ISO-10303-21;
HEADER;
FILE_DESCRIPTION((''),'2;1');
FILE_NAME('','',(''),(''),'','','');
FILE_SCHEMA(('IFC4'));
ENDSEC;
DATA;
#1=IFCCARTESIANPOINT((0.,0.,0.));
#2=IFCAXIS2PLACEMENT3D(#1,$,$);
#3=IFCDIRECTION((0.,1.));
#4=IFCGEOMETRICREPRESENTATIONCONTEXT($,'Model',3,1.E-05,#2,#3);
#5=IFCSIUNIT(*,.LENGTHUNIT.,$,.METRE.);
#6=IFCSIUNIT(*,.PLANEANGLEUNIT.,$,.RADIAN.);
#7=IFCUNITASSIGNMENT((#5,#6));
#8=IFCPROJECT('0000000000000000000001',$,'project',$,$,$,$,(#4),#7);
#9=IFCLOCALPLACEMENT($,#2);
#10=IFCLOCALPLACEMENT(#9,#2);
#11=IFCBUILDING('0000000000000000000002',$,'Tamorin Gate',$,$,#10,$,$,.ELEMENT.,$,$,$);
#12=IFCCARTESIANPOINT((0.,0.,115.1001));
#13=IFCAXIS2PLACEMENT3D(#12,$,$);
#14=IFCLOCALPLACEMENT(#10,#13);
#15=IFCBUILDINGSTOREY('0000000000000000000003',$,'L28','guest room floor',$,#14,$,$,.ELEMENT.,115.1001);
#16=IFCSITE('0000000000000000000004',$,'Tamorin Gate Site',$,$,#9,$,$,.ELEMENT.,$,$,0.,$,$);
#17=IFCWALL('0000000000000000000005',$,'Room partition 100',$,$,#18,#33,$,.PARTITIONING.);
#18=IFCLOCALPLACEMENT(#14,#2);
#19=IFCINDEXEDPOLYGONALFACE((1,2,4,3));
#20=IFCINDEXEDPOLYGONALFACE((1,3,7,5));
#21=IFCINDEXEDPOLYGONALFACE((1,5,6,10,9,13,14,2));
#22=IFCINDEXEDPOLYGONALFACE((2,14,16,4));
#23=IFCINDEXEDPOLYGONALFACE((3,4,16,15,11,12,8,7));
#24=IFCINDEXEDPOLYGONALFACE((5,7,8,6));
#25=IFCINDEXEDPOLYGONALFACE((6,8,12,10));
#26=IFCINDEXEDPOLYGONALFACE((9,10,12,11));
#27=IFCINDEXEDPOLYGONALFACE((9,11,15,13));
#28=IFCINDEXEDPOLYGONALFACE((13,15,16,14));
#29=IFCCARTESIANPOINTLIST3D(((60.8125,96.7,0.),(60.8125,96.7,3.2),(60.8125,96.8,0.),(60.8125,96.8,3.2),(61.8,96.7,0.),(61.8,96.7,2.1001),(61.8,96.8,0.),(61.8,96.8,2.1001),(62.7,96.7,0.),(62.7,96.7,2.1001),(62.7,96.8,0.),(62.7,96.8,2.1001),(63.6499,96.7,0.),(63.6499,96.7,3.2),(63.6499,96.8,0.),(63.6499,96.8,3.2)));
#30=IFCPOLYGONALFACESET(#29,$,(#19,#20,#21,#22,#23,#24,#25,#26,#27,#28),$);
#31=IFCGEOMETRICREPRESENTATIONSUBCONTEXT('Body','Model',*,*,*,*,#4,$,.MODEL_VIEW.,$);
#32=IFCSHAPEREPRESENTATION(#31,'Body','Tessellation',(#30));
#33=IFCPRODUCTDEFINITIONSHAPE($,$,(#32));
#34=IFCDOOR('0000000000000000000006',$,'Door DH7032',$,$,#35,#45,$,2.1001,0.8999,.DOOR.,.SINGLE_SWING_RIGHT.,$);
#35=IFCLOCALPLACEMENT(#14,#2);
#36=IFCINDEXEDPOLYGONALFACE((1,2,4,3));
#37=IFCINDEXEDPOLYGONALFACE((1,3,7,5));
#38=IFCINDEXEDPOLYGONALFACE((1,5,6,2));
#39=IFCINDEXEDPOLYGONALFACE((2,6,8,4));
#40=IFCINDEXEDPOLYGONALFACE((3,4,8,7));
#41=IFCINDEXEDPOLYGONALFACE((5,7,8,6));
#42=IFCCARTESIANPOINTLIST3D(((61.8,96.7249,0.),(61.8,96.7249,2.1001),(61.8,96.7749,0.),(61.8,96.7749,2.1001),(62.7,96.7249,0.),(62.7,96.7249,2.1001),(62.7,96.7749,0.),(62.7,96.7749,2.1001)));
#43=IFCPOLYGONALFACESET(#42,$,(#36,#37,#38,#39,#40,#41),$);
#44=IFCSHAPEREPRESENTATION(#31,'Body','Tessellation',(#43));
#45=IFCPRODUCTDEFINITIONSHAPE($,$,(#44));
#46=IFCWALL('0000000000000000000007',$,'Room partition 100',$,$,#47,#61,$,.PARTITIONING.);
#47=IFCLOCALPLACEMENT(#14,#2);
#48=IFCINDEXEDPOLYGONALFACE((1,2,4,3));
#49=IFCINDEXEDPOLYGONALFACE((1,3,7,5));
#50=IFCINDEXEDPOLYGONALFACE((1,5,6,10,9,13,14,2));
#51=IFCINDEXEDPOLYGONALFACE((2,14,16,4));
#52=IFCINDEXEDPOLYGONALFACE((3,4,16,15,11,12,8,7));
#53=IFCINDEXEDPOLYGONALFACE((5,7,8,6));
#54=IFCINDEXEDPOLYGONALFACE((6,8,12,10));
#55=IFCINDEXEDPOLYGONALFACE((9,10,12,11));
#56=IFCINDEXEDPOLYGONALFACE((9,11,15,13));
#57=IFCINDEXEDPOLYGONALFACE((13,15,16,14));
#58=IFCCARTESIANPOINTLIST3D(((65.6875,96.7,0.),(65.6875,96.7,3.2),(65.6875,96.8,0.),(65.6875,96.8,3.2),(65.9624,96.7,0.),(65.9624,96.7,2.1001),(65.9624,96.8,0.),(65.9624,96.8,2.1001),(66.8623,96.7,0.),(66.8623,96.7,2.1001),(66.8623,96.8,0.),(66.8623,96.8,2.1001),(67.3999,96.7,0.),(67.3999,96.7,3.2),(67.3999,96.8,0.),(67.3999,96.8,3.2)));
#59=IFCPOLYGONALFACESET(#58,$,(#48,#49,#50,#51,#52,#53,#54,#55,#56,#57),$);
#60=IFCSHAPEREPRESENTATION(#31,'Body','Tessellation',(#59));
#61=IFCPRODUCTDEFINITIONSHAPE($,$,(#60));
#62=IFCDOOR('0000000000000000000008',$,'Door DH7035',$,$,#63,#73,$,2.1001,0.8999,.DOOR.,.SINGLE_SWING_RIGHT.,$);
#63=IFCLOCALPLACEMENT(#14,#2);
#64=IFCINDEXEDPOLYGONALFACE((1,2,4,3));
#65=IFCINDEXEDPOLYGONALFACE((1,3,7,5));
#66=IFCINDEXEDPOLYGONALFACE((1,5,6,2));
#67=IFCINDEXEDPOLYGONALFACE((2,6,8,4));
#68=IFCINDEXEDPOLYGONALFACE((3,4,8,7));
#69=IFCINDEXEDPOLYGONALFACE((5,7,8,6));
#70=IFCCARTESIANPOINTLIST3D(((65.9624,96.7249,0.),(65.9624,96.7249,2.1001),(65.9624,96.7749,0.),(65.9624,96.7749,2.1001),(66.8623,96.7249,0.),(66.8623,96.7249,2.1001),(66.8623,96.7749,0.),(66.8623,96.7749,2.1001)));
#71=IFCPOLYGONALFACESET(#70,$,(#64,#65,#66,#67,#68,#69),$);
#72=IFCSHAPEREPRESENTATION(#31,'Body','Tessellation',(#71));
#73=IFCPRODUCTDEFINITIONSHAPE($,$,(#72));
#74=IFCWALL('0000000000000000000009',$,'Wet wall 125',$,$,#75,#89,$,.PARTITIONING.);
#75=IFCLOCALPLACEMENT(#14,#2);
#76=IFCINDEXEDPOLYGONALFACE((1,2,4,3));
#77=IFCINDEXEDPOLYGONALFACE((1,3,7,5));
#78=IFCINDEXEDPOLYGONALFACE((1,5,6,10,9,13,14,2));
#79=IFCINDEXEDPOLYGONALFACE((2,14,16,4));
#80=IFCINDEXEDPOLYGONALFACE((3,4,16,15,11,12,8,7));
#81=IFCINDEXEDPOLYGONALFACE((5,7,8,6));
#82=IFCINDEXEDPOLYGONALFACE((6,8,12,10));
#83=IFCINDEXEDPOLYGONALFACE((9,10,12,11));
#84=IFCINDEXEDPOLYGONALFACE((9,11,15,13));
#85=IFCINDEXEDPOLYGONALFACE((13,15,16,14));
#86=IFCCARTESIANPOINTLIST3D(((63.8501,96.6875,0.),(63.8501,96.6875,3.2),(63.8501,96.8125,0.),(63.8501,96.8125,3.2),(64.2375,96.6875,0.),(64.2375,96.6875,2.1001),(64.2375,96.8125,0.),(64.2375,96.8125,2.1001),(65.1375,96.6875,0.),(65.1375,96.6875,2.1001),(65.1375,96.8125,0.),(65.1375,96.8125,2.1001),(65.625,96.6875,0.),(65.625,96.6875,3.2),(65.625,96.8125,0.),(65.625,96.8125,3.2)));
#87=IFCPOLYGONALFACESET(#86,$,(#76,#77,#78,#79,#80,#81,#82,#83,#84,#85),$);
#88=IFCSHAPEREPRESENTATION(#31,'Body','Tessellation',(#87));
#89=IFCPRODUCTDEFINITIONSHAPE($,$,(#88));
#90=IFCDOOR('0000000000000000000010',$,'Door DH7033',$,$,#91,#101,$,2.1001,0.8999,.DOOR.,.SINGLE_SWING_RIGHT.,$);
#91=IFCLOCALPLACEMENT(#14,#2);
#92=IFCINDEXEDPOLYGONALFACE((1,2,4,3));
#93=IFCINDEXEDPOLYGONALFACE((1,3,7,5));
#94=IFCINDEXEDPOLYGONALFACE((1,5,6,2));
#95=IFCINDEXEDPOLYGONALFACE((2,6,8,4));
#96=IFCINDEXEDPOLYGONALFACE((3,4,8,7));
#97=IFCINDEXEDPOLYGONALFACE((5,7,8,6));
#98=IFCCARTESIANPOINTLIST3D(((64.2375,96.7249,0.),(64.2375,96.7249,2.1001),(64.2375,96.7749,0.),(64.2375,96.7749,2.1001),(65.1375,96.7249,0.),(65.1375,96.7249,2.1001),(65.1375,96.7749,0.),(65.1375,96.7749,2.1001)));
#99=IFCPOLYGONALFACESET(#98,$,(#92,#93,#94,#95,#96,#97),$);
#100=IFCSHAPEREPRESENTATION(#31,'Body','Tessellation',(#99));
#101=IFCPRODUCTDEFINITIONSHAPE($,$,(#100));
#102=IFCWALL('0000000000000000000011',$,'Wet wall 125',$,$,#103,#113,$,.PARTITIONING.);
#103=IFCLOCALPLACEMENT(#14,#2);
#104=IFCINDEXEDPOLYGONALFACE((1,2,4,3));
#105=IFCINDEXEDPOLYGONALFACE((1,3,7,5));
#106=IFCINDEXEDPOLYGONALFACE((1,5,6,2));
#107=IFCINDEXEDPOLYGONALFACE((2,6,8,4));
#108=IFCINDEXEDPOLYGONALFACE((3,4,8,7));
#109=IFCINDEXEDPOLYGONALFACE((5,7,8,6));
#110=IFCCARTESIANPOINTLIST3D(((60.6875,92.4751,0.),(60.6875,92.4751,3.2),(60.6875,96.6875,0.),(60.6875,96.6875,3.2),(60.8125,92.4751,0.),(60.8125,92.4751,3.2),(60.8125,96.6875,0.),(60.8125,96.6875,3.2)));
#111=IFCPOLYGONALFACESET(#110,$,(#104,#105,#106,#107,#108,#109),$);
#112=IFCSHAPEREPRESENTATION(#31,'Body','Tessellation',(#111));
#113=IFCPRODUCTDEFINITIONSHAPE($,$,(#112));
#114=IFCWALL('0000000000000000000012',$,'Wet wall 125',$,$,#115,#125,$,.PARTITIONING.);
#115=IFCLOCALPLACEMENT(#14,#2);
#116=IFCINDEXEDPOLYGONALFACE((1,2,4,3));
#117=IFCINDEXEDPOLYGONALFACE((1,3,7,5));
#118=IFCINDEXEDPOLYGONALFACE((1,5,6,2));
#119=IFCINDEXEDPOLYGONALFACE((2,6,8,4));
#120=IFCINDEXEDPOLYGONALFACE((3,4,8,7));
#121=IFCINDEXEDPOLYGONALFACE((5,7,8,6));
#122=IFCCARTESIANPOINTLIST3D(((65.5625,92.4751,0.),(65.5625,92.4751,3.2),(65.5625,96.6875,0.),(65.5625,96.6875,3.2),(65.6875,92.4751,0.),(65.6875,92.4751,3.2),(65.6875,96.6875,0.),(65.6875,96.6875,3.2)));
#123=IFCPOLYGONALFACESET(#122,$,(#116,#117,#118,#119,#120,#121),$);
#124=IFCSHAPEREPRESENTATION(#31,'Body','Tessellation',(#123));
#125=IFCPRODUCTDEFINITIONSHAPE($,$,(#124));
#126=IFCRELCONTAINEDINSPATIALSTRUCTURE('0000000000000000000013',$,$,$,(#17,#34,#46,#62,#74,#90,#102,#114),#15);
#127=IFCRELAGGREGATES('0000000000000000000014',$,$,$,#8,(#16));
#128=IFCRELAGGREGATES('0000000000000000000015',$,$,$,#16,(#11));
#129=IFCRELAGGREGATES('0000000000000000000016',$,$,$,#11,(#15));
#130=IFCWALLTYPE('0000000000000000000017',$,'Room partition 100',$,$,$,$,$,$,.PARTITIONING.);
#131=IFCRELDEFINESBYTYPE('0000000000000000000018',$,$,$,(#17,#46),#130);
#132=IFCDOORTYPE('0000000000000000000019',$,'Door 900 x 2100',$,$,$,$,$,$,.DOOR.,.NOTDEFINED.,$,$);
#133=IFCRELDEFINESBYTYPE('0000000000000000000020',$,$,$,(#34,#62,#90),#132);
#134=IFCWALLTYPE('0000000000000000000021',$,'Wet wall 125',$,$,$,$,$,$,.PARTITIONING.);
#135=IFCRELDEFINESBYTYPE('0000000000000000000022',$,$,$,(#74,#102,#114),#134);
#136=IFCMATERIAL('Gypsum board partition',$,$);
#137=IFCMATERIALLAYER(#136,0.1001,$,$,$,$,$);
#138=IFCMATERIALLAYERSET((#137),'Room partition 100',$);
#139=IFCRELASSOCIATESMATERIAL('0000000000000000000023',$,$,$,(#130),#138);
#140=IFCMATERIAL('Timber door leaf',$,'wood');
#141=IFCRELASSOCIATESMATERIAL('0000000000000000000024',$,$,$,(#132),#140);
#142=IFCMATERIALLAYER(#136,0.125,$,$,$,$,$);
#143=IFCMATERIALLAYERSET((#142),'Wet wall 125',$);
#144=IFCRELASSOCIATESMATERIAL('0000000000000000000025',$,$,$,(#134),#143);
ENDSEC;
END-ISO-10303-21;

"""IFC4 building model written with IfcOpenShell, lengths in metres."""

from ifc_helpers import new_model, si_unit, direction, frame, frame_2d, origin, place, context, subcontext, project, spatial, rectangle, extrude, material, layer, layer_set, type_object, element, fill, save


model = new_model("IFC4")

# Units and contexts
model_context = context("Model", 3, precision=1e-05, world=origin(), true_north=direction((0.0, 1.0)))
body_context = subcontext(model_context, "Body", "Model", "MODEL_VIEW")
ifc_project = project(units=[si_unit("LENGTHUNIT", "METRE"), si_unit("PLANEANGLEUNIT", "RADIAN")], contexts=[model_context])

# Site, building, storey
site_placement = place(None, origin())
site = spatial("IfcSite", under=ifc_project, at=site_placement, Name="Tamorin Gate Site", CompositionType="ELEMENT", RefElevation=0.0)
building_placement = place(site_placement, origin())
building = spatial("IfcBuilding", under=site, at=building_placement, Name="Tamorin Gate", CompositionType="ELEMENT")
storey_placement = place(building_placement, frame((0.0, 0.0, 115.1001)))
storey = spatial("IfcBuildingStorey", under=building, at=storey_placement, Name="L28", Description="guest room floor", CompositionType="ELEMENT", Elevation=115.1001)

# Shared definitions
ifc_material_1 = material(Name="Gypsum board partition")

# Walls, openings, doors
ifc_layer_1 = layer(ifc_material_1, 0.1001)
ifc_layer_set_1 = layer_set([ifc_layer_1], Name="Room partition 100")
wall_type_1 = type_object("IfcWallType", Name="Room partition 100", PredefinedType="PARTITIONING", material=ifc_layer_set_1)
wall_1_placement = place(storey_placement, frame((60.8125, 96.75, 0.0), z_axis=(0.0, 0.0, 1.0), x_axis=(1.0, 0.0, 0.0)))
wall_1 = element("IfcWall", 1, at=wall_1_placement, inside=storey, type_object=wall_type_1, Name="Room partition 100", PredefinedType="PARTITIONING", context=body_context, shape_type="SweptSolid", body=[
    extrude(rectangle(XDim=2.8374, YDim=0.1001, at=frame_2d((1.4187, 0.0))), origin(), (0.0, 0.0, 1.0), 3.2),
])
opening_1_placement = place(wall_1_placement, frame((0.9875, 0.0, 0.0)))
opening_1 = element("IfcOpeningElement", 2, at=opening_1_placement, cuts=wall_1, PredefinedType="OPENING", context=body_context, shape_type="SweptSolid", body=[
    extrude(rectangle(XDim=0.8999, YDim=2.1001, at=frame_2d((0.45, 1.05))), frame((0.0, 0.0601, 0.0), z_axis=(0.0, -1.0, 0.0), x_axis=(1.0, 0.0, 0.0)), (0.0, 0.0, 1.0), 0.1201),
])
ifc_material_2 = material(Name="Timber door leaf", Category="wood")
door_type = type_object("IfcDoorType", Name="Door 900 x 2100", OperationType="NOTDEFINED", PredefinedType="DOOR", material=ifc_material_2)
door_1_placement = place(opening_1_placement, origin())
door_1 = element("IfcDoor", 3, at=door_1_placement, inside=storey, type_object=door_type, Name="Door DH7032", OperationType="SINGLE_SWING_RIGHT", OverallHeight=2.1001, OverallWidth=0.8999, PredefinedType="DOOR", context=body_context, shape_type="SweptSolid", body=[
    extrude(rectangle(XDim=0.8999, YDim=2.1001, at=frame_2d((0.45, 1.05))), frame((0.0, 0.0249, 0.0), z_axis=(0.0, -1.0, 0.0), x_axis=(1.0, 0.0, 0.0)), (0.0, 0.0, 1.0), 0.05),
])
fill(opening_1, door_1)
wall_2_placement = place(storey_placement, frame((65.6875, 96.75, 0.0), z_axis=(0.0, 0.0, 1.0), x_axis=(1.0, 0.0, 0.0)))
wall_2 = element("IfcWall", 4, at=wall_2_placement, inside=storey, type_object=wall_type_1, Name="Room partition 100", PredefinedType="PARTITIONING", context=body_context, shape_type="SweptSolid", body=[
    extrude(rectangle(XDim=1.7124, YDim=0.1001, at=frame_2d((0.8562, 0.0))), origin(), (0.0, 0.0, 1.0), 3.2),
])
opening_2_placement = place(wall_2_placement, frame((0.2749, 0.0, 0.0)))
opening_2 = element("IfcOpeningElement", 5, at=opening_2_placement, cuts=wall_2, PredefinedType="OPENING", context=body_context, shape_type="SweptSolid", body=[
    extrude(rectangle(XDim=0.8999, YDim=2.1001, at=frame_2d((0.45, 1.05))), frame((0.0, 0.0601, 0.0), z_axis=(0.0, -1.0, 0.0), x_axis=(1.0, 0.0, 0.0)), (0.0, 0.0, 1.0), 0.1201),
])
door_2_placement = place(opening_2_placement, origin())
door_2 = element("IfcDoor", 6, at=door_2_placement, inside=storey, type_object=door_type, Name="Door DH7035", OperationType="SINGLE_SWING_RIGHT", OverallHeight=2.1001, OverallWidth=0.8999, PredefinedType="DOOR", context=body_context, shape_type="SweptSolid", body=[
    extrude(rectangle(XDim=0.8999, YDim=2.1001, at=frame_2d((0.45, 1.05))), frame((0.0, 0.0249, 0.0), z_axis=(0.0, -1.0, 0.0), x_axis=(1.0, 0.0, 0.0)), (0.0, 0.0, 1.0), 0.05),
])
fill(opening_2, door_2)
ifc_layer_2 = layer(ifc_material_1, 0.125)
ifc_layer_set_2 = layer_set([ifc_layer_2], Name="Wet wall 125")
wall_type_2 = type_object("IfcWallType", Name="Wet wall 125", PredefinedType="PARTITIONING", material=ifc_layer_set_2)
wall_3_placement = place(storey_placement, frame((63.8501, 96.75, 0.0), z_axis=(0.0, 0.0, 1.0), x_axis=(1.0, 0.0, 0.0)))
wall_3 = element("IfcWall", 7, at=wall_3_placement, inside=storey, type_object=wall_type_2, Name="Wet wall 125", PredefinedType="PARTITIONING", context=body_context, shape_type="SweptSolid", body=[
    extrude(rectangle(XDim=1.7749, YDim=0.125, at=frame_2d((0.8875, 0.0))), origin(), (0.0, 0.0, 1.0), 3.2),
])
opening_3_placement = place(wall_3_placement, frame((0.3875, 0.0, 0.0)))
opening_3 = element("IfcOpeningElement", 8, at=opening_3_placement, cuts=wall_3, PredefinedType="OPENING", context=body_context, shape_type="SweptSolid", body=[
    extrude(rectangle(XDim=0.8999, YDim=2.1001, at=frame_2d((0.45, 1.05))), frame((0.0, 0.0725, 0.0), z_axis=(0.0, -1.0, 0.0), x_axis=(1.0, 0.0, 0.0)), (0.0, 0.0, 1.0), 0.145),
])
door_3_placement = place(opening_3_placement, origin())
door_3 = element("IfcDoor", 9, at=door_3_placement, inside=storey, type_object=door_type, Name="Door DH7033", OperationType="SINGLE_SWING_RIGHT", OverallHeight=2.1001, OverallWidth=0.8999, PredefinedType="DOOR", context=body_context, shape_type="SweptSolid", body=[
    extrude(rectangle(XDim=0.8999, YDim=2.1001, at=frame_2d((0.45, 1.05))), frame((0.0, 0.0249, 0.0), z_axis=(0.0, -1.0, 0.0), x_axis=(1.0, 0.0, 0.0)), (0.0, 0.0, 1.0), 0.05),
])
fill(opening_3, door_3)

# Walls
for number, where, z_axis, x_axis, name in (
    (10, (60.75, 92.4751, 0.0), (0.0, 0.0, 1.0), (0.0, 1.0, 0.0), "Wet wall 125"),
    (11, (65.625, 92.4751, 0.0), (0.0, 0.0, 1.0), (0.0, 1.0, 0.0), "Wet wall 125"),
):
    element("IfcWall", number, at=place(storey_placement, frame(where, z_axis=z_axis, x_axis=x_axis)), inside=storey, type_object=wall_type_2, Name=name, PredefinedType="PARTITIONING", context=body_context, shape_type="SweptSolid", body=[
        extrude(rectangle(XDim=4.2124, YDim=0.125, at=frame_2d((2.1062, 0.0))), origin(), (0.0, 0.0, 1.0), 3.2),
    ])

save(model, "model.ifc")
